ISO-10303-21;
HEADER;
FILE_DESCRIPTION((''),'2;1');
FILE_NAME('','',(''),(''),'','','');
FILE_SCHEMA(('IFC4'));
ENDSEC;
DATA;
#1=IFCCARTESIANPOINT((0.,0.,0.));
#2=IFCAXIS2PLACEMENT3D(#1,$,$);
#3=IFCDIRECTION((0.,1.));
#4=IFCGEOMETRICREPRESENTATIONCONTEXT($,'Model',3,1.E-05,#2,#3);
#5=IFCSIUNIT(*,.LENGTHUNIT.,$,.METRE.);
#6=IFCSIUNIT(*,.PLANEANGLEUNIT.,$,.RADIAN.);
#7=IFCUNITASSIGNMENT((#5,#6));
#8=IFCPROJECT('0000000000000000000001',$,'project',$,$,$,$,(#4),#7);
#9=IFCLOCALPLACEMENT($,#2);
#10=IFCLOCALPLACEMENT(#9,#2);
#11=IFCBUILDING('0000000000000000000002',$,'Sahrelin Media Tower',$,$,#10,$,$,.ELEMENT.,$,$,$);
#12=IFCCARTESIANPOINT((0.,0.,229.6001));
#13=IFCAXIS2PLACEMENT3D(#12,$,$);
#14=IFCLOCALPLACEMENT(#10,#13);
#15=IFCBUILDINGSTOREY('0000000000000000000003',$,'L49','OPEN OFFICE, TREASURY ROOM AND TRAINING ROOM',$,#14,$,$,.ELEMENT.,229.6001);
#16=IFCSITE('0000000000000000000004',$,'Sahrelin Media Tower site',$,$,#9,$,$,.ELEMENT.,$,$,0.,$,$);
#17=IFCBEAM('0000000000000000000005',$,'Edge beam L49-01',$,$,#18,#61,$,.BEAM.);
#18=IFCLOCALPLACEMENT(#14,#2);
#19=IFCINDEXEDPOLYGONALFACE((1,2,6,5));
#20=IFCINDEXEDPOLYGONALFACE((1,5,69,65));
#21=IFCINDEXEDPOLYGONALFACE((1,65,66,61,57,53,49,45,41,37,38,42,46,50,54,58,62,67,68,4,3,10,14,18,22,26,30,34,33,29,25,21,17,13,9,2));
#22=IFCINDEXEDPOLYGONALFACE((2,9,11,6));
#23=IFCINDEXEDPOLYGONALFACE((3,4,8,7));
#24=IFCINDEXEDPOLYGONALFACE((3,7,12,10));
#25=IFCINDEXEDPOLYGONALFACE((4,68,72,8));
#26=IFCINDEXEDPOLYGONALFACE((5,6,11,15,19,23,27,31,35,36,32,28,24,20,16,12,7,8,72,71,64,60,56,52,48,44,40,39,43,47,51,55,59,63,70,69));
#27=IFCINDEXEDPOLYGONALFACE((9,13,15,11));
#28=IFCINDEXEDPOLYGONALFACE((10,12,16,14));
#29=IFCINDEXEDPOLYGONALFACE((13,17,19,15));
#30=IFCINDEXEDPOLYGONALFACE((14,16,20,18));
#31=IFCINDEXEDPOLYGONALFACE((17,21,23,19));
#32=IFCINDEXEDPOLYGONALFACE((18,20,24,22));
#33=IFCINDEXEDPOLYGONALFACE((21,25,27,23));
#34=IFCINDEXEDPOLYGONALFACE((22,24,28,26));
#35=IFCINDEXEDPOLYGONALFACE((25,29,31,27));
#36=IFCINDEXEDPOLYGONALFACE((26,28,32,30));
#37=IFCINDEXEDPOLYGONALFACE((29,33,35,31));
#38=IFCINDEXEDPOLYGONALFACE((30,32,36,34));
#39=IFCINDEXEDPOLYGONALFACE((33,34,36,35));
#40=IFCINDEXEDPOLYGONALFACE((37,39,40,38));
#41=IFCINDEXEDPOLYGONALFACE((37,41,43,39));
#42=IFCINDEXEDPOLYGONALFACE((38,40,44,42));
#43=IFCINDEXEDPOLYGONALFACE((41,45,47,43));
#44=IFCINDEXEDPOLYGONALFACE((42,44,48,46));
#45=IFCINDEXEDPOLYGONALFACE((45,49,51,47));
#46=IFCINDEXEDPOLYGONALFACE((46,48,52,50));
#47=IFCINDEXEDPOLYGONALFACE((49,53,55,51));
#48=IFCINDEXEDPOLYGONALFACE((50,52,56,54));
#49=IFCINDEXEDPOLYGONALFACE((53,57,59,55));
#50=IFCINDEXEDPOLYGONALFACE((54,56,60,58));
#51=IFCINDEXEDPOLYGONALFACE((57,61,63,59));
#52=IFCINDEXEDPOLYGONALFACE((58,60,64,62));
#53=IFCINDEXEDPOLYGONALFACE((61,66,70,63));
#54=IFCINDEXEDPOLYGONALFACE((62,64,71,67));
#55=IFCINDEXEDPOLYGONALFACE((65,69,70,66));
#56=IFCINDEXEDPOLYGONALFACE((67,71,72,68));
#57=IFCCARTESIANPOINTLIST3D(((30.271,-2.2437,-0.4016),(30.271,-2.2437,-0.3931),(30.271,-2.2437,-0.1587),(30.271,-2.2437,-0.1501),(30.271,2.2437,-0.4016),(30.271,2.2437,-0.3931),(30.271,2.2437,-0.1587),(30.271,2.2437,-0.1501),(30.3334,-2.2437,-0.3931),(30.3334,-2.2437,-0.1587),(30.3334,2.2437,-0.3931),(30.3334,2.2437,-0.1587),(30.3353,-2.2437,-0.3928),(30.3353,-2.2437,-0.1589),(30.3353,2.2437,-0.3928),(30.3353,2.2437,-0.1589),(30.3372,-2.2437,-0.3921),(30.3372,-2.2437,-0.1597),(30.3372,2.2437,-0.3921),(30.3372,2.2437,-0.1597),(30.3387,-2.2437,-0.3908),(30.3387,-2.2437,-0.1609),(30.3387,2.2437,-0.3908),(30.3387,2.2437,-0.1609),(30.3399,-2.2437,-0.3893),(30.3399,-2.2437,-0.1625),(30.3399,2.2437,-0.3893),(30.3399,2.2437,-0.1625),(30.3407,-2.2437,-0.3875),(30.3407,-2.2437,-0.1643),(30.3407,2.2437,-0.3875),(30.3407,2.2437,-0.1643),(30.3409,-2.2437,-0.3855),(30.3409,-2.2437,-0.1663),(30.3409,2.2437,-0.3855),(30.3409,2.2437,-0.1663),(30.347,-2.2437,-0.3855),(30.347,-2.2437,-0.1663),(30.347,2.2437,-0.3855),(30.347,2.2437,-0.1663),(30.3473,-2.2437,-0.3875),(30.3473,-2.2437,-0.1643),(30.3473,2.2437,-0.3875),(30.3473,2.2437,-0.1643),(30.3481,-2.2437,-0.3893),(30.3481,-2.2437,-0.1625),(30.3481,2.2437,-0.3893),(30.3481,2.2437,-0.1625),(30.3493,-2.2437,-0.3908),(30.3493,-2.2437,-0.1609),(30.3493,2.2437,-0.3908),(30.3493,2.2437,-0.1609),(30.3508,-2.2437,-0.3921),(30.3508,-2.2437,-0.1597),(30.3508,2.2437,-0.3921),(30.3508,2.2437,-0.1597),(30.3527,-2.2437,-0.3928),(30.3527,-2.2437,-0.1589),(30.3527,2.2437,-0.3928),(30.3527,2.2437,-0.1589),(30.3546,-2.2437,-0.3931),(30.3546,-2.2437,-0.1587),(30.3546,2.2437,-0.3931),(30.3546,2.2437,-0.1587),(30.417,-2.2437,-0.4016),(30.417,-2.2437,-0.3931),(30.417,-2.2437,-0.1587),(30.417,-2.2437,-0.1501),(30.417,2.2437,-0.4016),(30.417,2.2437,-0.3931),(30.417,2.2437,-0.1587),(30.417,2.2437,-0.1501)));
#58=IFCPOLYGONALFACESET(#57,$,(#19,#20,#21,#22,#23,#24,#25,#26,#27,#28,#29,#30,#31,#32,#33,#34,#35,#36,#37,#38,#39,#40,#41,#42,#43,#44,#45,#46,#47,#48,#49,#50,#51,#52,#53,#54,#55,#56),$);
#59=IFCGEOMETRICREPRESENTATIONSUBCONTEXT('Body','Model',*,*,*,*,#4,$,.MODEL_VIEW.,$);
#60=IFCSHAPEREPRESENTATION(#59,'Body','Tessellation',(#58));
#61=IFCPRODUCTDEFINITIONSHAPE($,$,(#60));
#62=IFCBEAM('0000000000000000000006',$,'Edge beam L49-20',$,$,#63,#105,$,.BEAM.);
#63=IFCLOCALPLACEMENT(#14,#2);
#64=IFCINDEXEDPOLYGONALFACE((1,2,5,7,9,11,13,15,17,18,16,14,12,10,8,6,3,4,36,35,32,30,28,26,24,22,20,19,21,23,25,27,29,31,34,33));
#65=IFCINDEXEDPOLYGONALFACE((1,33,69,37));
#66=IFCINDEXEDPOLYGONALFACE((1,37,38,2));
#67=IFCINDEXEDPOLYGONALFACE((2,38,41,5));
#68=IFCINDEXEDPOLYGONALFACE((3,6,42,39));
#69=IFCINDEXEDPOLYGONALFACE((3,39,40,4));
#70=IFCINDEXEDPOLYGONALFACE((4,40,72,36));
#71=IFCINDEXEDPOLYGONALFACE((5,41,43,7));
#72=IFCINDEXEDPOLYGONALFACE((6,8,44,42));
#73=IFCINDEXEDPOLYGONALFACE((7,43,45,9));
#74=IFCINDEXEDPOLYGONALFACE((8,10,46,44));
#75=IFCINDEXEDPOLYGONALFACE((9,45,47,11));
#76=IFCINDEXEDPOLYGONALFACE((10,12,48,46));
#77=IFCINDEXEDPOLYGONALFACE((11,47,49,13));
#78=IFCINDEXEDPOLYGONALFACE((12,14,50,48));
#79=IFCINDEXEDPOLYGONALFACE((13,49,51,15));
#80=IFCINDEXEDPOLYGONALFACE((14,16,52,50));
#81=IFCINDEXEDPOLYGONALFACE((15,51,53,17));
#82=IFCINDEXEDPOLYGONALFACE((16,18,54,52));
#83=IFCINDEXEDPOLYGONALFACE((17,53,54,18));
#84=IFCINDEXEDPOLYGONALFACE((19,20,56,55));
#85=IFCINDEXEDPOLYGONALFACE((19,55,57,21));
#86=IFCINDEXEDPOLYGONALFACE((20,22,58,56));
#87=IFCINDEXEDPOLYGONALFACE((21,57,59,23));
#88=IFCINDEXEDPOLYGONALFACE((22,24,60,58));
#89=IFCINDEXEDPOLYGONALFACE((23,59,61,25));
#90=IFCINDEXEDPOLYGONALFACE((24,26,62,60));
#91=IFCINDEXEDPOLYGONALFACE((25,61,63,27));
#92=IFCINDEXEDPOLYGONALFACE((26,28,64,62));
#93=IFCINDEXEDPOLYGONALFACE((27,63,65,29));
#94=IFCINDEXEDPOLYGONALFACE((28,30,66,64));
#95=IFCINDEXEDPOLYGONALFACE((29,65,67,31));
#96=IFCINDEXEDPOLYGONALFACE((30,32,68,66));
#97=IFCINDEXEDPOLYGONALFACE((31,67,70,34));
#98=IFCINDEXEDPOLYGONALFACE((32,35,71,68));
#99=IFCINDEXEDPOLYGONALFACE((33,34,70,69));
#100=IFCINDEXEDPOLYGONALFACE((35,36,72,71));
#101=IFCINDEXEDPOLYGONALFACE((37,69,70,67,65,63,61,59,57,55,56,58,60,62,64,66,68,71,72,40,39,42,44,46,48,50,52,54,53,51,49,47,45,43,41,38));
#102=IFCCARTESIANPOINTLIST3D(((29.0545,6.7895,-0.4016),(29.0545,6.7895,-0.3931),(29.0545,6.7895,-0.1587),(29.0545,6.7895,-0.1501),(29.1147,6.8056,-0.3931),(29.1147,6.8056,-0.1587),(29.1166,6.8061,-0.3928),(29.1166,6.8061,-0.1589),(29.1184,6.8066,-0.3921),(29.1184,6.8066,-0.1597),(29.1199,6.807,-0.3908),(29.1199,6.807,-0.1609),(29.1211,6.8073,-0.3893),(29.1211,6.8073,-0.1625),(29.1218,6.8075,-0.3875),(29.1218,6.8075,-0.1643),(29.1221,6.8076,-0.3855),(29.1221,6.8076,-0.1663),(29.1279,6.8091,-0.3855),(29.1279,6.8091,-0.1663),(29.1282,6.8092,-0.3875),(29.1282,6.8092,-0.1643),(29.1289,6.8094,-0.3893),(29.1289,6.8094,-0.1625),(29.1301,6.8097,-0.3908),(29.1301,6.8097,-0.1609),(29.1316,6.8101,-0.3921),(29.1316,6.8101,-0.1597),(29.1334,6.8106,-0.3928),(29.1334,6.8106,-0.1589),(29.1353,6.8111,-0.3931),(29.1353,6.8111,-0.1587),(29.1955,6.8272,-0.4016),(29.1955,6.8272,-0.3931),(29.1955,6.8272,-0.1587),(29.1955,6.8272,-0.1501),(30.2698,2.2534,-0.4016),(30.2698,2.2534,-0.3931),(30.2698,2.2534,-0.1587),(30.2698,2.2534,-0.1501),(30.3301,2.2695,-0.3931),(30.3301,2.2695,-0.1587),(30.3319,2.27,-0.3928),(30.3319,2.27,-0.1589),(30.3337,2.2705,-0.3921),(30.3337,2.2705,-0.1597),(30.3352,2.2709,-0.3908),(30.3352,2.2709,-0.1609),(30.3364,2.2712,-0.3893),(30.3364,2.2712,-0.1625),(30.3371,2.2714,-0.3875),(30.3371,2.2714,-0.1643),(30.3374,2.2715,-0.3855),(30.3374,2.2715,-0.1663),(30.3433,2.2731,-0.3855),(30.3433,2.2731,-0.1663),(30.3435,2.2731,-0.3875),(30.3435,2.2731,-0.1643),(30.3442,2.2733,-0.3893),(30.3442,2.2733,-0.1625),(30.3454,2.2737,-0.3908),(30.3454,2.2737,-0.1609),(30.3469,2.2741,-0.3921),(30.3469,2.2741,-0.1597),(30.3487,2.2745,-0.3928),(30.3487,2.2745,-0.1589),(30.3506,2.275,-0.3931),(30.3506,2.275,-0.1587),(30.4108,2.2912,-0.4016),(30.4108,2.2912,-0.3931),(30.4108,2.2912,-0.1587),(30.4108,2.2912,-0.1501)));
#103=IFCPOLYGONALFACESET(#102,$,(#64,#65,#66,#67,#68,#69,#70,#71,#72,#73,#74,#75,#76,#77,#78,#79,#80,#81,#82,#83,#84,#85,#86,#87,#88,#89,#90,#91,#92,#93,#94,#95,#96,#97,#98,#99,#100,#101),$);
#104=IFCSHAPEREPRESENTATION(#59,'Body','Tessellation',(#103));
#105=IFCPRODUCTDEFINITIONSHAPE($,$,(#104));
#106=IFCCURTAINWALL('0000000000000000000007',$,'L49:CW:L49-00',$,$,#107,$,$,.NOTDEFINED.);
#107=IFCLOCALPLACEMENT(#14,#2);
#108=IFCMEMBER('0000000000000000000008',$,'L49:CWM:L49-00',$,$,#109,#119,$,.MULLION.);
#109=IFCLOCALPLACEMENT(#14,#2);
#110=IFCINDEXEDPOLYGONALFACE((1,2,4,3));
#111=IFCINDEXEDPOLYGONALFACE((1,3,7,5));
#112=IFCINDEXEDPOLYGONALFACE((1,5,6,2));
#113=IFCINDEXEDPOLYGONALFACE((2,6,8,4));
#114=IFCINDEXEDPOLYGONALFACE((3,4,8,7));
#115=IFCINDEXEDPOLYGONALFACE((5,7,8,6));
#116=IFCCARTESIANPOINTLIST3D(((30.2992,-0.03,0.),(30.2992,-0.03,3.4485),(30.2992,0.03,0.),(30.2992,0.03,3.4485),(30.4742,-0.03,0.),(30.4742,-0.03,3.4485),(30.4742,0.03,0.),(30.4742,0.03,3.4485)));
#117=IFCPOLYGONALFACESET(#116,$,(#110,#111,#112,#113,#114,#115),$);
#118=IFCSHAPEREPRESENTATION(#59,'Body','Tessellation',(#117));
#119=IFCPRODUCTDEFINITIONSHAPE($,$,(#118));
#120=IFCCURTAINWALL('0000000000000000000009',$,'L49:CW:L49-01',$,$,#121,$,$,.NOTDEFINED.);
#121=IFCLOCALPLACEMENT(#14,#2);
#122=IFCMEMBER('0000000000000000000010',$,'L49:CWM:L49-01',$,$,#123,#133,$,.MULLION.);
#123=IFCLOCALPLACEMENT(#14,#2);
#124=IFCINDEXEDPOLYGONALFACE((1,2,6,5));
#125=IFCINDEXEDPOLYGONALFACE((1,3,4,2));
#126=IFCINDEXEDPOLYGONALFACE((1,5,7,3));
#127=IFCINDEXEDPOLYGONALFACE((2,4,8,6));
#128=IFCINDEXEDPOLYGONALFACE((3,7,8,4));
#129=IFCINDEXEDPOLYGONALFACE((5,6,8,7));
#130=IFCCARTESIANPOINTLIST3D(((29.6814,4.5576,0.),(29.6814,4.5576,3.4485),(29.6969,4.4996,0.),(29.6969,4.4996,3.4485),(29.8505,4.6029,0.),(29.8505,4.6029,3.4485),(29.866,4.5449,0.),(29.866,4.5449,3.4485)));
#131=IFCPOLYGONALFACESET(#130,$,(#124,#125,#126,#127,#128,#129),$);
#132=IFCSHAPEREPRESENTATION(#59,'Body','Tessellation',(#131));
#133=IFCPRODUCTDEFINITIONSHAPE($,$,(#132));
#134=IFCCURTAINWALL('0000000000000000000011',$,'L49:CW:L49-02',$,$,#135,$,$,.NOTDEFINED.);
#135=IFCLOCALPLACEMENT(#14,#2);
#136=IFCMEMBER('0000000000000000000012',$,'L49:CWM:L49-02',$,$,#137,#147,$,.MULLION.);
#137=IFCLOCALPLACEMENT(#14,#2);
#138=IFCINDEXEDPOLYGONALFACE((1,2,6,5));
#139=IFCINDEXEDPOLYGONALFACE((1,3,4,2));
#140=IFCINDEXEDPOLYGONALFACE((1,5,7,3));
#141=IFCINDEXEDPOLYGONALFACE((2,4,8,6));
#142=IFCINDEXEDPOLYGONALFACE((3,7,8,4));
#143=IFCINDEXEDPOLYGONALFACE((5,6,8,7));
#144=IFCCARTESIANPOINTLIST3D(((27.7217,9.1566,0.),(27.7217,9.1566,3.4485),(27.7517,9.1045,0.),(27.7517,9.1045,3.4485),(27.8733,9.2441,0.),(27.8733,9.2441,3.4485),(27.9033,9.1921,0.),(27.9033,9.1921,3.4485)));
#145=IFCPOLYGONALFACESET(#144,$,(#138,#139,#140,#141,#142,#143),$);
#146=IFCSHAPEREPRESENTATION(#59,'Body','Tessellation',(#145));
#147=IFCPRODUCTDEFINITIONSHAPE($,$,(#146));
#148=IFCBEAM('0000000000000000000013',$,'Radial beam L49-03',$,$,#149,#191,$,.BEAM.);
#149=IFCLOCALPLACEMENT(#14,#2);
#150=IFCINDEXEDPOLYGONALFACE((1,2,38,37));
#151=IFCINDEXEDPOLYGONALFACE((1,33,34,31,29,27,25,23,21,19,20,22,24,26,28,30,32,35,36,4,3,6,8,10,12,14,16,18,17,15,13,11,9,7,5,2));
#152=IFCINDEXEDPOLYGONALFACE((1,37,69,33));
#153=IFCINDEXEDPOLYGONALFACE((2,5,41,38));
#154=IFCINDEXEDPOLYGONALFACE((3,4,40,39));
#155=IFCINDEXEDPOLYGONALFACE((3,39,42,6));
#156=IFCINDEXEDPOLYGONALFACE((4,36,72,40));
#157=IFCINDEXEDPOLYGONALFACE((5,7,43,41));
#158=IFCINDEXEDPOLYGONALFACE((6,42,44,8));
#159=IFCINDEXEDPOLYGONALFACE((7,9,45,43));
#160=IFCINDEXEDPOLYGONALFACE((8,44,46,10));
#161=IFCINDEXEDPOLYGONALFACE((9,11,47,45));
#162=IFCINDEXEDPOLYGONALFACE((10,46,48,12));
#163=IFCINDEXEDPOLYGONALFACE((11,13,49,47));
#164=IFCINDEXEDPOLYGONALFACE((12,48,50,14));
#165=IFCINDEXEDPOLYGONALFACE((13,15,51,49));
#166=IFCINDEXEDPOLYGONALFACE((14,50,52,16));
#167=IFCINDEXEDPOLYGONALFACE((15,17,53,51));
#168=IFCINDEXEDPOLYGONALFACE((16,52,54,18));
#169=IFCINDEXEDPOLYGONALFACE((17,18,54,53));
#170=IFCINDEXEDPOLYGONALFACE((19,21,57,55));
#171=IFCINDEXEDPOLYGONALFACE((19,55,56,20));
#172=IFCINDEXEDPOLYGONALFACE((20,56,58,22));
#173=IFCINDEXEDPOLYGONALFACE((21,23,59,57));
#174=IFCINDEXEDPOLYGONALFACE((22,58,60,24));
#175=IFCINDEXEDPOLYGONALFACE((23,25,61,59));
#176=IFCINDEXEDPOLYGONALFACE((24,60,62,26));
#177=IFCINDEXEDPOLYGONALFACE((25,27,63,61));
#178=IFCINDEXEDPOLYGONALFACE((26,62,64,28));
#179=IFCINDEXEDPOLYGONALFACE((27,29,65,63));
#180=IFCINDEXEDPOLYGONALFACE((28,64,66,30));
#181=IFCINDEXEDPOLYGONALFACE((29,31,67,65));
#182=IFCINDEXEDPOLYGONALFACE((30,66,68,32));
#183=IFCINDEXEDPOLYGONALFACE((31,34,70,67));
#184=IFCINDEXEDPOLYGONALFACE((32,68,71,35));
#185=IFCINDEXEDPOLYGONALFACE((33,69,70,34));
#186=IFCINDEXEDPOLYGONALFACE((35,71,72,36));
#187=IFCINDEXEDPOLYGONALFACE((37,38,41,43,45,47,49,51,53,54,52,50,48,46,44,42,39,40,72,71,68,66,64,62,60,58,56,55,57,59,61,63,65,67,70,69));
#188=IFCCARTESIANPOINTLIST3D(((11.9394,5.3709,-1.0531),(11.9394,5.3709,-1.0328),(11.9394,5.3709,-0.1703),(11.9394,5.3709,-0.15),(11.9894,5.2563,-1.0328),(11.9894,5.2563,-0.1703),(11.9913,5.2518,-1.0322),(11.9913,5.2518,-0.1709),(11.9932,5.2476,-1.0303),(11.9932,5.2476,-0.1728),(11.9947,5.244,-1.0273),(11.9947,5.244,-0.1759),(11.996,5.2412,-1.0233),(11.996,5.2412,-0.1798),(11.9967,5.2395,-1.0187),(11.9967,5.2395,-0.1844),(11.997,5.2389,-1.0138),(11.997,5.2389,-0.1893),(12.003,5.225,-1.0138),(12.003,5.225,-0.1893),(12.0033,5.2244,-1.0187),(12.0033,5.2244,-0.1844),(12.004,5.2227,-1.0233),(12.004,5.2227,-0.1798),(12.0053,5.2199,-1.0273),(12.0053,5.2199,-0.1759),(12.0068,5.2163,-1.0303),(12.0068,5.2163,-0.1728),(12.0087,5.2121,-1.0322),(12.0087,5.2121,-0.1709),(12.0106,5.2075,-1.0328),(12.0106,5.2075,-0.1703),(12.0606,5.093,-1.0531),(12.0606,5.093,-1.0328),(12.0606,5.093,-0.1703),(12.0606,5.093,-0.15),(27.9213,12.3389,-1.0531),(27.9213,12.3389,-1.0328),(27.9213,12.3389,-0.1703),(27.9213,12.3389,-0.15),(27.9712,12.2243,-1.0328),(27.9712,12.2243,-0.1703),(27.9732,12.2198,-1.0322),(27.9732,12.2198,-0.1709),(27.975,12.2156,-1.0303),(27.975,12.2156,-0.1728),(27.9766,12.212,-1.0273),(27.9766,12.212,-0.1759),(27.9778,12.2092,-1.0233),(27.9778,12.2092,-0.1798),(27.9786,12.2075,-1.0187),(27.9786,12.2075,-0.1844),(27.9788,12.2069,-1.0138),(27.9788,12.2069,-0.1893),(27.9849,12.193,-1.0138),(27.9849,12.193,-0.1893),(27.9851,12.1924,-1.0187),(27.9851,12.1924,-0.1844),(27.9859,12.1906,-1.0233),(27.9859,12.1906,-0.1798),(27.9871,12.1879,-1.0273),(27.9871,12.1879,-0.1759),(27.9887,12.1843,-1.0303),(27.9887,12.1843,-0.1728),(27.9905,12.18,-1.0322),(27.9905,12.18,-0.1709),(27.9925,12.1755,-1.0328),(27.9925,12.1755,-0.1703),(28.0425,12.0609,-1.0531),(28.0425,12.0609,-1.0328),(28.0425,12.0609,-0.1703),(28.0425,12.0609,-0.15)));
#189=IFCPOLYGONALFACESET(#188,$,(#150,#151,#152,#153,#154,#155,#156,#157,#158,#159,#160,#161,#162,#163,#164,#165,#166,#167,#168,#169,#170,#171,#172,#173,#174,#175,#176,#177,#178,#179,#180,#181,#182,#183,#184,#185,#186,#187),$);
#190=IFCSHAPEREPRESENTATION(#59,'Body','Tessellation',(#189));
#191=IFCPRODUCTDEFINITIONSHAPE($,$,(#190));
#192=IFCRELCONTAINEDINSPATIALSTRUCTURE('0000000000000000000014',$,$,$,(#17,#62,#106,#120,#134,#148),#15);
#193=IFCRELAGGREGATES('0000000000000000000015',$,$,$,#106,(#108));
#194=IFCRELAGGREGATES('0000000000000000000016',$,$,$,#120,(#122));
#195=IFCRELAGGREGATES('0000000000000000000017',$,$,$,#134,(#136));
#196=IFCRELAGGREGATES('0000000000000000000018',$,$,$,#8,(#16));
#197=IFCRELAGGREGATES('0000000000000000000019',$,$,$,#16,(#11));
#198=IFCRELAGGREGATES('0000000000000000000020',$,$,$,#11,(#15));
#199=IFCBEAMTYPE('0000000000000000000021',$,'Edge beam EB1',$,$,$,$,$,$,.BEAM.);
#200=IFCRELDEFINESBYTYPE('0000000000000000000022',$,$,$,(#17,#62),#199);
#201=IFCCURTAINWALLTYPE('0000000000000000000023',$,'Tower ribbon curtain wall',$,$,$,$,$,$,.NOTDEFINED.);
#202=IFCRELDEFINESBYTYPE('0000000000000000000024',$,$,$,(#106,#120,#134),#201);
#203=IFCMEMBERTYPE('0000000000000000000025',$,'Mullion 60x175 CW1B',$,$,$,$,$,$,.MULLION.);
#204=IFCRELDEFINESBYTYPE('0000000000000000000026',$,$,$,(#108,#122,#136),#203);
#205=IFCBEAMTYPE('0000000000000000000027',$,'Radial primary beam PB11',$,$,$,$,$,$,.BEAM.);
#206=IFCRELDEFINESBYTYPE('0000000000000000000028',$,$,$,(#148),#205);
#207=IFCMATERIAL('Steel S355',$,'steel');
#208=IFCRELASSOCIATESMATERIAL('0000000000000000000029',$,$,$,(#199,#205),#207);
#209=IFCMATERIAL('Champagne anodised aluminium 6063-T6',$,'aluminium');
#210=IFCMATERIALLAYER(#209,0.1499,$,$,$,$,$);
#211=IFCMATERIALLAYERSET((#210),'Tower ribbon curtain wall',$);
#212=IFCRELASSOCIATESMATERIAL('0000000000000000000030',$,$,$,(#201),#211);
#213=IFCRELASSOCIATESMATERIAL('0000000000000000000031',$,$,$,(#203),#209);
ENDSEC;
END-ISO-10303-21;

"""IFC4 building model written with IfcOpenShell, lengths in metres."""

from ifc_helpers import new_model, si_unit, direction, frame, origin, origin_2d, place, context, subcontext, project, spatial, rectangle, i_section, extrude, material, layer, layer_set, material_profile, profile_set, type_object, element, aggregate, save


model = new_model("IFC4")

# Units and contexts
model_context = context("Model", 3, precision=1e-05, world=origin(), true_north=direction((0.0, 1.0)))
body_context = subcontext(model_context, "Body", "Model", "MODEL_VIEW")
ifc_project = project(units=[si_unit("LENGTHUNIT", "METRE"), si_unit("PLANEANGLEUNIT", "RADIAN")], contexts=[model_context])

# Site, building, storey
site_placement = place(None, origin())
site = spatial("IfcSite", under=ifc_project, at=site_placement, Name="Sahrelin Media Tower site", CompositionType="ELEMENT", RefElevation=0.0)
building_placement = place(site_placement, origin())
building = spatial("IfcBuilding", under=site, at=building_placement, Name="Sahrelin Media Tower", CompositionType="ELEMENT")
storey_placement = place(building_placement, frame((0.0, 0.0, 229.6001)))
storey = spatial("IfcBuildingStorey", under=building, at=storey_placement, Name="L49", Description="OPEN OFFICE, TREASURY ROOM AND TRAINING ROOM", CompositionType="ELEMENT", Elevation=229.6001)

# Beams
ifc_material_1 = material(Name="Steel S355", Category="steel")
ifc_material_profile_1 = material_profile(ifc_material_1, i_section(OverallWidth=0.146, OverallDepth=0.2515, WebThickness=0.0061, FlangeThickness=0.0085, FilletRadius=0.0076, at=origin_2d()), Name="UB 254x146x31")
ifc_profile_set_1 = profile_set([ifc_material_profile_1], Name="Steel S355")
beam_type_1 = type_object("IfcBeamType", Name="Edge beam EB1", PredefinedType="BEAM", material=ifc_profile_set_1)
beam_1_placement = place(storey_placement, frame((30.344, 2.2437, -0.2759), z_axis=(0.0, -1.0, 0.0), x_axis=(1.0, 0.0, 0.0)))
element("IfcBeam", 1, at=beam_1_placement, inside=storey, type_object=beam_type_1, Name="Edge beam L49-01", PredefinedType="BEAM", context=body_context, shape_type="SweptSolid", body=[
    extrude(i_section(OverallWidth=0.146, OverallDepth=0.2515, WebThickness=0.0061, FlangeThickness=0.0085, FilletRadius=0.0076, at=origin_2d()), origin(), (0.0, 0.0, 1.0), 4.4873),
])
beam_2_placement = place(storey_placement, frame((29.125, 6.8083, -0.2759), z_axis=(0.258795, -0.965932, 0.0), x_axis=(0.965932, 0.258795, 0.0)))
element("IfcBeam", 2, at=beam_2_placement, inside=storey, type_object=beam_type_1, Name="Edge beam L49-20", PredefinedType="BEAM", context=body_context, shape_type="SweptSolid", body=[
    extrude(i_section(OverallWidth=0.146, OverallDepth=0.2515, WebThickness=0.0061, FlangeThickness=0.0085, FilletRadius=0.0076, at=origin_2d()), origin(), (0.0, 0.0, 1.0), 4.696),
])

# Curtain walls, members
ifc_material_2 = material(Name="Champagne anodised aluminium 6063-T6", Category="aluminium")
ifc_layer_1 = layer(ifc_material_2, 0.1499)
ifc_layer_set_1 = layer_set([ifc_layer_1], Name="Tower ribbon curtain wall")
curtain_wall_type = type_object("IfcCurtainWallType", Name="Tower ribbon curtain wall", PredefinedType="NOTDEFINED", material=ifc_layer_set_1)
curtain_wall_1_placement = place(storey_placement, frame((30.4941, 0.0, 0.0), z_axis=(0.0, 0.0, 1.0), x_axis=(1.0, 0.0, 0.0)))
curtain_wall_1 = element("IfcCurtainWall", 3, at=curtain_wall_1_placement, inside=storey, type_object=curtain_wall_type, Name="L49:CW:L49-00", PredefinedType="NOTDEFINED")
ifc_material_profile_2 = material_profile(ifc_material_2, rectangle(XDim=0.0601, YDim=0.175, at=origin_2d()), Name="Mullion 60x175")
ifc_profile_set_2 = profile_set([ifc_material_profile_2], Name="Champagne anodised aluminium 6063-T6")
member_type_1 = type_object("IfcMemberType", Name="Mullion 60x175 CW1B", PredefinedType="MULLION", material=ifc_profile_set_2)
member_1_placement = place(storey_placement, frame((30.3867, 0.0, 0.0), z_axis=(0.0, 0.0, 1.0), x_axis=(0.0, 1.0, 0.0)))
member_1 = element("IfcMember", 4, at=member_1_placement, type_object=member_type_1, Name="L49:CWM:L49-00", PredefinedType="MULLION", context=body_context, shape_type="SweptSolid", body=[
    extrude(rectangle(XDim=0.0601, YDim=0.175, at=origin_2d()), origin(), (0.0, 0.0, 1.0), 3.4485),
])
aggregate(curtain_wall_1, [member_1])
curtain_wall_2_placement = place(storey_placement, frame((29.8774, 4.5791, 0.0), z_axis=(0.0, 0.0, 1.0), x_axis=(1.0, 0.0, 0.0)))
curtain_wall_2 = element("IfcCurtainWall", 5, at=curtain_wall_2_placement, inside=storey, type_object=curtain_wall_type, Name="L49:CW:L49-01", PredefinedType="NOTDEFINED")
member_2_placement = place(storey_placement, frame((29.7737, 4.5513, 0.0), z_axis=(0.0, 0.0, 1.0), x_axis=(-0.258817, 0.965926, 0.0)))
member_2 = element("IfcMember", 6, at=member_2_placement, type_object=member_type_1, Name="L49:CWM:L49-01", PredefinedType="MULLION", context=body_context, shape_type="SweptSolid", body=[
    extrude(rectangle(XDim=0.0601, YDim=0.175, at=origin_2d()), origin(), (0.0, 0.0, 1.0), 3.4485),
])
curtain_wall_3_placement = place(storey_placement, frame((27.9055, 9.228, 0.0), z_axis=(0.0, 0.0, 1.0), x_axis=(1.0, 0.0, 0.0)))
curtain_wall_3 = element("IfcCurtainWall", 7, at=curtain_wall_3_placement, inside=storey, type_object=curtain_wall_type, Name="L49:CW:L49-02", PredefinedType="NOTDEFINED")
member_3_placement = place(storey_placement, frame((27.8125, 9.1743, 0.0), z_axis=(0.0, 0.0, 1.0), x_axis=(-0.499995, 0.866028, 0.0)))
member_3 = element("IfcMember", 8, at=member_3_placement, type_object=member_type_1, Name="L49:CWM:L49-02", PredefinedType="MULLION", context=body_context, shape_type="SweptSolid", body=[
    extrude(rectangle(XDim=0.0601, YDim=0.175, at=origin_2d()), origin(), (0.0, 0.0, 1.0), 3.4485),
])

# Beam
ifc_material_profile_3 = material_profile(ifc_material_1, i_section(OverallWidth=0.3032, OverallDepth=0.9031, WebThickness=0.0151, FlangeThickness=0.0203, FilletRadius=0.019, at=origin_2d()), Name="UB 914x305x201")
ifc_profile_set_3 = profile_set([ifc_material_profile_3], Name="Steel S355")
beam_type_2 = type_object("IfcBeamType", Name="Radial primary beam PB11", PredefinedType="BEAM", material=ifc_profile_set_3)
beam_3_placement = place(storey_placement, frame((12.0, 5.2319, -0.6016), z_axis=(0.916664, 0.399659, 0.0), x_axis=(-0.399659, 0.916664, 0.0)))
element("IfcBeam", 9, at=beam_3_placement, inside=storey, type_object=beam_type_2, Name="Radial beam L49-03", PredefinedType="BEAM", context=body_context, shape_type="SweptSolid", body=[
    extrude(i_section(OverallWidth=0.3032, OverallDepth=0.9031, WebThickness=0.0151, FlangeThickness=0.0203, FilletRadius=0.019, at=origin_2d()), origin(), (0.0, 0.0, 1.0), 17.4348),
])

aggregate(curtain_wall_2, [member_2])
aggregate(curtain_wall_3, [member_3])

save(model, "model.ifc")
